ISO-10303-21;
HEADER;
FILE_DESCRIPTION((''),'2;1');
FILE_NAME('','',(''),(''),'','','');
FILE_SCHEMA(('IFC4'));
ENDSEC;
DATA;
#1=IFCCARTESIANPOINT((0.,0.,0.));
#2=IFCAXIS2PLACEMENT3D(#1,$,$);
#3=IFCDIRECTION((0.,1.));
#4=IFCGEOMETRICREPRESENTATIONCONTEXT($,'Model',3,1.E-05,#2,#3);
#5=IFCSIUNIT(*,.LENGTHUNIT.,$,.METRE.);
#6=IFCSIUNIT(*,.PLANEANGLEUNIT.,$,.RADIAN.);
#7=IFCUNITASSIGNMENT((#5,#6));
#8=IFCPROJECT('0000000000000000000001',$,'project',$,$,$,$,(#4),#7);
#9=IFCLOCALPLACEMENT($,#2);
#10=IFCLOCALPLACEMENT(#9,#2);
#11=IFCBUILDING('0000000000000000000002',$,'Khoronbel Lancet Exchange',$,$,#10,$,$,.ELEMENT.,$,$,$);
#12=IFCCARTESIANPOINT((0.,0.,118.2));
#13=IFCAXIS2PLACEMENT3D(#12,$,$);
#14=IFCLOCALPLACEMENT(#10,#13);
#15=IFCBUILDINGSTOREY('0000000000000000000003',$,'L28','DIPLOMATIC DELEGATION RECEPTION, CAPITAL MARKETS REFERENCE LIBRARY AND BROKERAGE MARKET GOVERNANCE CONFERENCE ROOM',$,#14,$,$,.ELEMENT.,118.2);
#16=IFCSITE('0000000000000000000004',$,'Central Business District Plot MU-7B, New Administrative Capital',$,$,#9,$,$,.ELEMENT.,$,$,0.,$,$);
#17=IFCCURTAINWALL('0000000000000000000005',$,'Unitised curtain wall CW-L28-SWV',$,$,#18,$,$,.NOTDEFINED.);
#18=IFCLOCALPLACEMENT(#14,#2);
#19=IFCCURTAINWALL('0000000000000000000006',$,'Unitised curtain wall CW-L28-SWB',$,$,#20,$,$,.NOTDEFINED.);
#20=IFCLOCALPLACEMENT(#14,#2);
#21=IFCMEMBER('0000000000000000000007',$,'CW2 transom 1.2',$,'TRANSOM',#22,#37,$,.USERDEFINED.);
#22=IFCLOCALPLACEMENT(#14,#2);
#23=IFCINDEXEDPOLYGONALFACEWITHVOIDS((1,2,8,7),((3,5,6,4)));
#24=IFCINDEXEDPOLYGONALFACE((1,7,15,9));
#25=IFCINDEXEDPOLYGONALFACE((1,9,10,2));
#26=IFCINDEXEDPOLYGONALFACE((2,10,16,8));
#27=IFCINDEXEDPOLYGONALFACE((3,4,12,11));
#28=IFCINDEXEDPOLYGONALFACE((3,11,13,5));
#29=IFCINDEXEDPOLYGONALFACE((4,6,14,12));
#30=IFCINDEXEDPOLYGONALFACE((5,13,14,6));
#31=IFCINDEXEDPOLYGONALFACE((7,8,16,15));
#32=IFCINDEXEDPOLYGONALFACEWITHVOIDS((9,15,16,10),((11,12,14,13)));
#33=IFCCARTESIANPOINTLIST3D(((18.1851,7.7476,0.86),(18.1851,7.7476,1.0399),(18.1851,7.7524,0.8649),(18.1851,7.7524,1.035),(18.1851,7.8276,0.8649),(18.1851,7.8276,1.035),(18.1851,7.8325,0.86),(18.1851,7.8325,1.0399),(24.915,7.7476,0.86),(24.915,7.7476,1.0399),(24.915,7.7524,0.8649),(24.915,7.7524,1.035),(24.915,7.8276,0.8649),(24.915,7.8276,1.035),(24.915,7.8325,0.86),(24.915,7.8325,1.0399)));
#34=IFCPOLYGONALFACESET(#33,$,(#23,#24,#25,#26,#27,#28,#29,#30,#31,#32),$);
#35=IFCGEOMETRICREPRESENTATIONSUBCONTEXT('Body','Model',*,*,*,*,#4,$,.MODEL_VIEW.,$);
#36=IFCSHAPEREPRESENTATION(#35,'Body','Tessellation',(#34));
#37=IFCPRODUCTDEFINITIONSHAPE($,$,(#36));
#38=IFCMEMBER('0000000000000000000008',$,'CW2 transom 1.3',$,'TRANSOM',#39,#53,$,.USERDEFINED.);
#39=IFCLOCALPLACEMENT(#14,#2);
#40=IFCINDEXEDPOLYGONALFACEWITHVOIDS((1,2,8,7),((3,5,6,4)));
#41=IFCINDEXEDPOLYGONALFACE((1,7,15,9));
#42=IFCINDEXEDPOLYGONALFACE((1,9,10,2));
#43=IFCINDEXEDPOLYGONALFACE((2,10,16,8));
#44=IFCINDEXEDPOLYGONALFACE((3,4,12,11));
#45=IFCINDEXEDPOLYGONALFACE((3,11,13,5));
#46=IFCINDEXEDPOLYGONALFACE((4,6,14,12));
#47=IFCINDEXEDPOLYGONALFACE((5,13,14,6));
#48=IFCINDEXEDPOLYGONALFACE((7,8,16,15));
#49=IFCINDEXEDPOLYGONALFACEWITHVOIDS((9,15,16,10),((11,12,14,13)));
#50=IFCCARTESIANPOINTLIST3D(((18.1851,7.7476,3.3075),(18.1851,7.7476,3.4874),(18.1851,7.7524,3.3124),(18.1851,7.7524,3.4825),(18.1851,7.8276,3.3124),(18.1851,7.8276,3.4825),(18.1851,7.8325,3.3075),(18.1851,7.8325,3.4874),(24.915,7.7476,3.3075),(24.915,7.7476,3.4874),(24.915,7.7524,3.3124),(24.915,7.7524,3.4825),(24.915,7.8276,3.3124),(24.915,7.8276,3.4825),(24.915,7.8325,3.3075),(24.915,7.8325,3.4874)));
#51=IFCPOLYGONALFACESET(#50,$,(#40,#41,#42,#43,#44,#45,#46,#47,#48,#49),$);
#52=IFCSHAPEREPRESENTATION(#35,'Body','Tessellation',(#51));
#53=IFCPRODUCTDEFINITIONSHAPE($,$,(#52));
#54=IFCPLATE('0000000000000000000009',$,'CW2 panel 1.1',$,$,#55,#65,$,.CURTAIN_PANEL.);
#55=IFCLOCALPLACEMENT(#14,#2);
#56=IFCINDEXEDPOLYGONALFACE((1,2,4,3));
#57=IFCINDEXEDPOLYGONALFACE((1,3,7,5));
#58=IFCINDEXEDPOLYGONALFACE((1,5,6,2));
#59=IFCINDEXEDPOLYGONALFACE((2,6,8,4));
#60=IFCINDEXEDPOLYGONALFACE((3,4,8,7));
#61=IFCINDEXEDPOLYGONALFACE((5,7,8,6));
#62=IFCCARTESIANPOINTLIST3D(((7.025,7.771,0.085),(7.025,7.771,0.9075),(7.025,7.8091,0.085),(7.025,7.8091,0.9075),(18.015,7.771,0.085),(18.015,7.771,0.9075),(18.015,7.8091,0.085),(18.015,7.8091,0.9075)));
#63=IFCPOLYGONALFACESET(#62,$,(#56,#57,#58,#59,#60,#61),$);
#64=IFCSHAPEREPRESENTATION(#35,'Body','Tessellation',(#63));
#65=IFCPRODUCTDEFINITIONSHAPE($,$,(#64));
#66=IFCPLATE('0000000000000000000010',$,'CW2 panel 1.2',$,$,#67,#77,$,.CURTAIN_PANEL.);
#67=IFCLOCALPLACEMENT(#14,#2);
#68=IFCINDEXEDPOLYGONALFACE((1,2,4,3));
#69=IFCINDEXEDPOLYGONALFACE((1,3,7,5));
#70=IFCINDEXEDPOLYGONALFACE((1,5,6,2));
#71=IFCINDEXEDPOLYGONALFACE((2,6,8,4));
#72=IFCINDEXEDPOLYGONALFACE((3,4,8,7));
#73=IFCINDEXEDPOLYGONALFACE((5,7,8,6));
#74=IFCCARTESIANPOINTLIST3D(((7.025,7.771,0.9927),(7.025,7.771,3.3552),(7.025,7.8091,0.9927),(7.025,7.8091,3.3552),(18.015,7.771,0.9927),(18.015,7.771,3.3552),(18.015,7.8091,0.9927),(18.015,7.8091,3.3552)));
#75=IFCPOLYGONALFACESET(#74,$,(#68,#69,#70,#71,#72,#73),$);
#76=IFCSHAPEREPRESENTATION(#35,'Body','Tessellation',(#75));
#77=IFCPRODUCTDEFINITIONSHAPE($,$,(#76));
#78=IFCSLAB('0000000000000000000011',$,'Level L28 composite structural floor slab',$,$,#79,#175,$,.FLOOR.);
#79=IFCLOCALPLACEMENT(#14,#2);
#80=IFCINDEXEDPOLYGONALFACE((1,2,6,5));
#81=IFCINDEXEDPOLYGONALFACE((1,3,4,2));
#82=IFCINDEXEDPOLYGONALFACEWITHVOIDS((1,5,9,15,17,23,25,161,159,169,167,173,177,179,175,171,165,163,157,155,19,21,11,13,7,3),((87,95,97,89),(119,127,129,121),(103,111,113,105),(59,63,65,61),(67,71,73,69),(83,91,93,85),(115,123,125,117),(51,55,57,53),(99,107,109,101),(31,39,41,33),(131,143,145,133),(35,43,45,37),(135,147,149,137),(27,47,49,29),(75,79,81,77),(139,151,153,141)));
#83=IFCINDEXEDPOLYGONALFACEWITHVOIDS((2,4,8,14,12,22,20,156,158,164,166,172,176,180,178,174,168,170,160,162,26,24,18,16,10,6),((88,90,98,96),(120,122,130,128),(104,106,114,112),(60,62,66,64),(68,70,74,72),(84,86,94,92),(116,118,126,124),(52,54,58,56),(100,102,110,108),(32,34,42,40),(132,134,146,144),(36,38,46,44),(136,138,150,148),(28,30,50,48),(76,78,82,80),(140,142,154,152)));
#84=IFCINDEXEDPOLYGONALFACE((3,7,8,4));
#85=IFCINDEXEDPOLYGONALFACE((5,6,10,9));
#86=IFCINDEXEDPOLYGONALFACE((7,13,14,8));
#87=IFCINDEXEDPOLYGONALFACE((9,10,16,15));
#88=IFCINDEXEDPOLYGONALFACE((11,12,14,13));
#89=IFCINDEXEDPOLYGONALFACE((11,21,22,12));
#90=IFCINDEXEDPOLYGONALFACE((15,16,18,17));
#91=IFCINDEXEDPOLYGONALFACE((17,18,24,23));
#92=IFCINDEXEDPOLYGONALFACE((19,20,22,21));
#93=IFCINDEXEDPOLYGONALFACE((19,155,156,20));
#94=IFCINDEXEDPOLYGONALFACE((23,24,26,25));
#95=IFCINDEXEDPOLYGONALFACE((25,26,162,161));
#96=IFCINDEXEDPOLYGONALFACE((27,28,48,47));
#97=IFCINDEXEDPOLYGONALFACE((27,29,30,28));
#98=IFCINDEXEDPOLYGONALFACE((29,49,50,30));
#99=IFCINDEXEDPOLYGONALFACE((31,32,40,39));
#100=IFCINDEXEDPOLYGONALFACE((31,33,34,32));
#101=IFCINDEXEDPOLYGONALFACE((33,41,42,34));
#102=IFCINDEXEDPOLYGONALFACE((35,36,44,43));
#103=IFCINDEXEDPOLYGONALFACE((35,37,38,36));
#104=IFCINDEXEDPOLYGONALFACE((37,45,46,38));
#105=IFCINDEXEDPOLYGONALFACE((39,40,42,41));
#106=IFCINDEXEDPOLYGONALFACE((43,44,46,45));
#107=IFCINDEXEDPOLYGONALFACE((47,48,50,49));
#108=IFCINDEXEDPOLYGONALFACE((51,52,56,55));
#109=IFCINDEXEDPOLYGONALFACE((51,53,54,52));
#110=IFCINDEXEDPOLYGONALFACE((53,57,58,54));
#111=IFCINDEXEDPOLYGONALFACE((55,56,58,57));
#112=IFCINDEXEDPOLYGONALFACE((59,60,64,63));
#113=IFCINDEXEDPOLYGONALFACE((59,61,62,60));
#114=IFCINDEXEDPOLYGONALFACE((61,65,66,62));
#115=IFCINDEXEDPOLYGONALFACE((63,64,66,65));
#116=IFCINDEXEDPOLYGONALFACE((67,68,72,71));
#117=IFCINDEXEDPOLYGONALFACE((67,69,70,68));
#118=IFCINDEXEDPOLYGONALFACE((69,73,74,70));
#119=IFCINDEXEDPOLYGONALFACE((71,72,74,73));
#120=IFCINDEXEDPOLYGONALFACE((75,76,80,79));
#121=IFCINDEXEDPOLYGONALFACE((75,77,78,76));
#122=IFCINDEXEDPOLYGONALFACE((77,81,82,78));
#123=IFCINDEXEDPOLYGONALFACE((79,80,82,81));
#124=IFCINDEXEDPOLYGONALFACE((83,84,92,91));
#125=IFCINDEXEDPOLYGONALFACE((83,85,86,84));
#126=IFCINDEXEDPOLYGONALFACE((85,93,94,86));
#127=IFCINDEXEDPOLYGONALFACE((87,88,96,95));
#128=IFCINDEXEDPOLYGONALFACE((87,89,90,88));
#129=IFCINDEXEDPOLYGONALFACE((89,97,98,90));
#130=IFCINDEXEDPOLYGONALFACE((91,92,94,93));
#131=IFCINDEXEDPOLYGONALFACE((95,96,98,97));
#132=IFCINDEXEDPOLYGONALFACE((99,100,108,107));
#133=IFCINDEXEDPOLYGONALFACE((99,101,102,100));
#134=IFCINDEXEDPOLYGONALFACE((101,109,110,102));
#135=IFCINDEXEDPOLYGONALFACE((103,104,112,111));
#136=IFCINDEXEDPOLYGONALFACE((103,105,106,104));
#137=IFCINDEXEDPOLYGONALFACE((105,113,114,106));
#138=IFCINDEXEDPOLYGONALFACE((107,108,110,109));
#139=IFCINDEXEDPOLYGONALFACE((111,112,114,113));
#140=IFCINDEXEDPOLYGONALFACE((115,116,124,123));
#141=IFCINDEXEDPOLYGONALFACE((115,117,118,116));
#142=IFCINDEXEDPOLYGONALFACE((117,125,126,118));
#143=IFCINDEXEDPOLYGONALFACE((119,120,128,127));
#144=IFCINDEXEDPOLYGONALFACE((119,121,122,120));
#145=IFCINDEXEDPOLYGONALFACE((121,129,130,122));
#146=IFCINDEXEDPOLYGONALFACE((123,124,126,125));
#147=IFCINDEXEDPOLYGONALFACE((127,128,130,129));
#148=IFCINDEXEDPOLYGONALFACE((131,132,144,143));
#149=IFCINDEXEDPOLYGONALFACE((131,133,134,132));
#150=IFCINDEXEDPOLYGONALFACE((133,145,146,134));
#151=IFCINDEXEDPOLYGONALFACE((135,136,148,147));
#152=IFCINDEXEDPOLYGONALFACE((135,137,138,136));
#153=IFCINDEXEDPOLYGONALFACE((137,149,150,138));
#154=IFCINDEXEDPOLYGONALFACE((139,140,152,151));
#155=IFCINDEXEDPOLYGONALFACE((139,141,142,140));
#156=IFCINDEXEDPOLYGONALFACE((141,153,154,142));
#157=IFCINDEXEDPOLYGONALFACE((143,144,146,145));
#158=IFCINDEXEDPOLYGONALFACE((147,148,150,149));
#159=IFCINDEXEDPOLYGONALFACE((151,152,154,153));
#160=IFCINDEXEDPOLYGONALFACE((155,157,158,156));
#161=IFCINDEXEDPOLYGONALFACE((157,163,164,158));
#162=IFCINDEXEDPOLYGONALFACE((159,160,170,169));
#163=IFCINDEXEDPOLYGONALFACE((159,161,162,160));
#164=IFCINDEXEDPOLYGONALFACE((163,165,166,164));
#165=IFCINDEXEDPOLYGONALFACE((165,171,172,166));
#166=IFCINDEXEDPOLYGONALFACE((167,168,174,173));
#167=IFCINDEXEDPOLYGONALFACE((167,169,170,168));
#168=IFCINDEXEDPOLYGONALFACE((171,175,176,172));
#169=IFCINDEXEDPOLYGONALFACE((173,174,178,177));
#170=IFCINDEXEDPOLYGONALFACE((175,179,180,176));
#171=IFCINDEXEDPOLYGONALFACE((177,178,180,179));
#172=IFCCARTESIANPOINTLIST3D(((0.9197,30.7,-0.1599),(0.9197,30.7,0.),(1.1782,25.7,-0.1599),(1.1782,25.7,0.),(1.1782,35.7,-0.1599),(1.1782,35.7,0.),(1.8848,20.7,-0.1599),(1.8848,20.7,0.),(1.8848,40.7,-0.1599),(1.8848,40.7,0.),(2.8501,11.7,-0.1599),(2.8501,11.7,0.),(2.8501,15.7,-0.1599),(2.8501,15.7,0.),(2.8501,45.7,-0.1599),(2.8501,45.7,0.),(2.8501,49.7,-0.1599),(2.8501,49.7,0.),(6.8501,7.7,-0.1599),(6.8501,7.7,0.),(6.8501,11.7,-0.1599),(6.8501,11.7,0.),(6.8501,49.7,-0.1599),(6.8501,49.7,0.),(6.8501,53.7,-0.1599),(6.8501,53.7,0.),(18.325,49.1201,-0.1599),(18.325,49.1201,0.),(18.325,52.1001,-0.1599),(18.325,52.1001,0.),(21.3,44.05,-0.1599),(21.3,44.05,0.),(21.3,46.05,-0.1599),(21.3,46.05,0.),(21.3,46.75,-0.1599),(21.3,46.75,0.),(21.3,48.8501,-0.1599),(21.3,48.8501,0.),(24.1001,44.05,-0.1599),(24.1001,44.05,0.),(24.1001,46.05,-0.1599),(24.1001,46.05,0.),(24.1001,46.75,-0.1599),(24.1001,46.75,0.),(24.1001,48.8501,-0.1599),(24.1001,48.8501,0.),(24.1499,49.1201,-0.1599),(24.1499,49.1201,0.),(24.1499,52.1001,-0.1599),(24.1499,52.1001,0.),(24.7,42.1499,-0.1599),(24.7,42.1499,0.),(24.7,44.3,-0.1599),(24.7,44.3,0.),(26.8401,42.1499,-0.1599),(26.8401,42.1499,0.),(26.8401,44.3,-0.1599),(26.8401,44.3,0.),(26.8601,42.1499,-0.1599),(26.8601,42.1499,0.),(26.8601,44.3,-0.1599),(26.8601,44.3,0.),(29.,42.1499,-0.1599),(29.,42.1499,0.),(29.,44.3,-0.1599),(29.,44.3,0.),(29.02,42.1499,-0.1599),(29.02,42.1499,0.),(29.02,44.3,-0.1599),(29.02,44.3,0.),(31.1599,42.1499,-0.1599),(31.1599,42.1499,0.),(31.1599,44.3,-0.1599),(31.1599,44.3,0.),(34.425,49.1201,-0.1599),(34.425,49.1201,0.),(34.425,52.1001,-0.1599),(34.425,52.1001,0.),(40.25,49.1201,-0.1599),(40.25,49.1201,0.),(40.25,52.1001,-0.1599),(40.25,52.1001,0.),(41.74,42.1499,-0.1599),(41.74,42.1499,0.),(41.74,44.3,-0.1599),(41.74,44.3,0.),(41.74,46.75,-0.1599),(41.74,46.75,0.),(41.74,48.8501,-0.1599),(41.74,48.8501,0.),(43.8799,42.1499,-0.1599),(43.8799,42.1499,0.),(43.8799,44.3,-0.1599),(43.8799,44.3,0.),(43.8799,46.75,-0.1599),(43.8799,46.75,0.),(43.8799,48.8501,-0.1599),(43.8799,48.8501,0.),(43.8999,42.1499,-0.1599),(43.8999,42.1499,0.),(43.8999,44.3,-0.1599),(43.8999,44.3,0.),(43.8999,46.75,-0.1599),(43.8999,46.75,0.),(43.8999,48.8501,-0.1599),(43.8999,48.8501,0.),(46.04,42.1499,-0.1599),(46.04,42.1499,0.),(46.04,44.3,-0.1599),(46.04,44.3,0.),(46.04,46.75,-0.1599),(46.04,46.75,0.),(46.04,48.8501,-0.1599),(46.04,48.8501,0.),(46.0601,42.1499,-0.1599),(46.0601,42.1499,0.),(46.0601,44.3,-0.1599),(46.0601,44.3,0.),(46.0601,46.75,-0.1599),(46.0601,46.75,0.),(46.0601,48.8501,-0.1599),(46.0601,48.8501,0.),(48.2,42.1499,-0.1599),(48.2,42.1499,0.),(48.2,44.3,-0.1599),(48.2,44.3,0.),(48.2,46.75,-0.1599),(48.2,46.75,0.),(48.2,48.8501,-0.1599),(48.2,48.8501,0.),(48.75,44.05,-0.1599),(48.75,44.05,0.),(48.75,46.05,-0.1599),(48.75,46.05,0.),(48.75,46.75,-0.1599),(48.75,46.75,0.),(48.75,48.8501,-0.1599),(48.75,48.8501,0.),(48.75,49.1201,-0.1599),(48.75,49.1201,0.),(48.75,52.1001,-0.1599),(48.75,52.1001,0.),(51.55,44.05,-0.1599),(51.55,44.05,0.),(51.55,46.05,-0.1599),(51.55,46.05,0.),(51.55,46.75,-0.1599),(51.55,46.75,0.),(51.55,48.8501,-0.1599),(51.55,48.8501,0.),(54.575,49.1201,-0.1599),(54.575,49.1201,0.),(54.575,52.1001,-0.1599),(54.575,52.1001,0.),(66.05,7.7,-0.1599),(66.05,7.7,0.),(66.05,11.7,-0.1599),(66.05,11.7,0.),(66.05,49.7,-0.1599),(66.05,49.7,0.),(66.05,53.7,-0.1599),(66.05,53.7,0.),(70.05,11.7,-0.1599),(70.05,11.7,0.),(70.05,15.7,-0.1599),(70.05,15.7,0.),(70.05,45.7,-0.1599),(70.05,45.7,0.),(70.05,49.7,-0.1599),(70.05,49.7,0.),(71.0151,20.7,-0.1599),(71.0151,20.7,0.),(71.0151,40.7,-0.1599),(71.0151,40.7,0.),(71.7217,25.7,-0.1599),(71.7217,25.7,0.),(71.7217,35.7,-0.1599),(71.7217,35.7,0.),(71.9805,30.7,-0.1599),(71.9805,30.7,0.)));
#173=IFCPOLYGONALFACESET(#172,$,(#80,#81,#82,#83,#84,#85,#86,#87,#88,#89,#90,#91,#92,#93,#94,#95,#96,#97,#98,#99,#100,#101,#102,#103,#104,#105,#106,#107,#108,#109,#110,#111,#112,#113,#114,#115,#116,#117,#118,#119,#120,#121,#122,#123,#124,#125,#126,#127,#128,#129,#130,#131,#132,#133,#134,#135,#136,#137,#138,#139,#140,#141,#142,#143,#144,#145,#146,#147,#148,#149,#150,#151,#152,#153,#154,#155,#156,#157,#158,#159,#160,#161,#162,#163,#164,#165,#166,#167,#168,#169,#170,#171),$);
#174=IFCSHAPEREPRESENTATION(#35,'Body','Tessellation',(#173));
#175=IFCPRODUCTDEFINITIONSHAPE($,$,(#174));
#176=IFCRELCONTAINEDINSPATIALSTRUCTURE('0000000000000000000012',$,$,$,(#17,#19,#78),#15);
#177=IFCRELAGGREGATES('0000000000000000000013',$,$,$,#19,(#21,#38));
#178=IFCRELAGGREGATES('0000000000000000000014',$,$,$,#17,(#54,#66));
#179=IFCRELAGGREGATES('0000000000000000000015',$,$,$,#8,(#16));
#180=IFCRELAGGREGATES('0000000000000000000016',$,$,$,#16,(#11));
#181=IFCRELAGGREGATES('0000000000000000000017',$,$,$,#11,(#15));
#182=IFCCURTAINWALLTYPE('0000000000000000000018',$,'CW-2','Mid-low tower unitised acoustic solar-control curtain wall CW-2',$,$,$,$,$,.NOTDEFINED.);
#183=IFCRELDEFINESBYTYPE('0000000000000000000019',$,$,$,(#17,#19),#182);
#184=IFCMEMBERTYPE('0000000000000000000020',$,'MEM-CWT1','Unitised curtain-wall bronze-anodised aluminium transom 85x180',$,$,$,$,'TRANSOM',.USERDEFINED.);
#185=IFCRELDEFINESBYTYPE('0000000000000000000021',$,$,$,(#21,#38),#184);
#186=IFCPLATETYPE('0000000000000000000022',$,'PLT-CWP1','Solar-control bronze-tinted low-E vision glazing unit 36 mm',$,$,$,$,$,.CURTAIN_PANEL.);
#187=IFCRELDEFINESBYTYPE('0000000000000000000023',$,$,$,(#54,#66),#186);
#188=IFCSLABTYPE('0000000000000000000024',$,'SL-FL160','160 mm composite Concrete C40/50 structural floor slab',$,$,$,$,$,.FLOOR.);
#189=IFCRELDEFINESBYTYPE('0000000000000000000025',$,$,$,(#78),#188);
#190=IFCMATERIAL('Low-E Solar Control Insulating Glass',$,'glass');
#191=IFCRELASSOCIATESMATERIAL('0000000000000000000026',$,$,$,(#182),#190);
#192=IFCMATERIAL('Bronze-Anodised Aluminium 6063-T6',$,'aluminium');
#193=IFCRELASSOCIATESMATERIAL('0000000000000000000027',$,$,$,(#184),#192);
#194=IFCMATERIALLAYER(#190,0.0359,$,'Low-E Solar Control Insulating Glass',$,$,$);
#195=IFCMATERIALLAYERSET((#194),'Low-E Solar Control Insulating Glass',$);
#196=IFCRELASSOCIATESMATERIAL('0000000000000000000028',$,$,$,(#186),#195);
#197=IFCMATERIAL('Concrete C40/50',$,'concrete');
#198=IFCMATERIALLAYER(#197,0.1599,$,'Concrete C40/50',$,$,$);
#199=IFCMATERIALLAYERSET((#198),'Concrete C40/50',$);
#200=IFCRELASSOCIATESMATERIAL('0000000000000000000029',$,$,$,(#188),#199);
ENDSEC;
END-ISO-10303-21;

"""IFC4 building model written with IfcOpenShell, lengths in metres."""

from ifc_helpers import new_model, si_unit, direction, frame, origin, origin_2d, place, context, subcontext, project, spatial, polyline, rectangle, hollow_rectangle, outline, extrude, material, layer, layer_set, material_profile, profile_set, type_object, element, aggregate, save


model = new_model("IFC4")

# Units and contexts
model_context = context("Model", 3, precision=1e-05, world=origin(), true_north=direction((0.0, 1.0)))
body_context = subcontext(model_context, "Body", "Model", "MODEL_VIEW")
ifc_project = project(units=[si_unit("LENGTHUNIT", "METRE"), si_unit("PLANEANGLEUNIT", "RADIAN")], contexts=[model_context])

# Site, building, storey
site_placement = place(None, origin())
site = spatial("IfcSite", under=ifc_project, at=site_placement, Name="Central Business District Plot MU-7B, New Administrative Capital", CompositionType="ELEMENT", RefElevation=0.0)
building_placement = place(site_placement, origin())
building = spatial("IfcBuilding", under=site, at=building_placement, Name="Khoronbel Lancet Exchange", CompositionType="ELEMENT")
storey_placement = place(building_placement, frame((0.0, 0.0, 118.2)))
storey = spatial("IfcBuildingStorey", under=building, at=storey_placement, Name="L28", Description="DIPLOMATIC DELEGATION RECEPTION, CAPITAL MARKETS REFERENCE LIBRARY AND BROKERAGE MARKET GOVERNANCE CONFERENCE ROOM", CompositionType="ELEMENT", Elevation=118.2)

# Curtain wall
ifc_material_1 = material(Name="Low-E Solar Control Insulating Glass", Category="glass")
curtain_wall_type = type_object("IfcCurtainWallType", Name="CW-2", Description="Mid-low tower unitised acoustic solar-control curtain wall CW-2", PredefinedType="NOTDEFINED", material=ifc_material_1)
curtain_wall_1_placement = place(storey_placement, origin())
curtain_wall_1 = element("IfcCurtainWall", 1, at=curtain_wall_1_placement, inside=storey, type_object=curtain_wall_type, Name="Unitised curtain wall CW-L28-SWV", PredefinedType="NOTDEFINED")
ifc_material_2 = material(Name="Bronze-Anodised Aluminium 6063-T6", Category="aluminium")

# Curtain wall
curtain_wall_2_placement = place(storey_placement, origin())
curtain_wall_2 = element("IfcCurtainWall", 2, at=curtain_wall_2_placement, inside=storey, type_object=curtain_wall_type, Name="Unitised curtain wall CW-L28-SWB", PredefinedType="NOTDEFINED")

# Members
ifc_material_profile_1 = material_profile(ifc_material_2, hollow_rectangle(XDim=0.085, YDim=0.1799, WallThickness=0.0049, at=origin_2d()), Name="ALU TRANSOM 85x180")
ifc_profile_set_1 = profile_set([ifc_material_profile_1], Name="Bronze-Anodised Aluminium 6063-T6")
member_type_1 = type_object("IfcMemberType", Name="MEM-CWT1", Description="Unitised curtain-wall bronze-anodised aluminium transom 85x180", ElementType="TRANSOM", PredefinedType="USERDEFINED", material=ifc_profile_set_1)
member_1_placement = place(storey_placement, frame((18.1851, 7.79, 0.95), z_axis=(1.0, 0.0, 0.0), x_axis=(0.0, 1.0, 0.0)))
member_1 = element("IfcMember", 3, at=member_1_placement, type_object=member_type_1, Name="CW2 transom 1.2", ObjectType="TRANSOM", PredefinedType="USERDEFINED", context=body_context, shape_type="SweptSolid", body=[
    extrude(hollow_rectangle(XDim=0.085, YDim=0.1799, WallThickness=0.0049, at=origin_2d()), origin(), (0.0, 0.0, 1.0), 6.73),
])
member_2_placement = place(storey_placement, frame((18.1851, 7.79, 3.3975), z_axis=(1.0, 0.0, 0.0), x_axis=(0.0, 1.0, 0.0)))
member_2 = element("IfcMember", 4, at=member_2_placement, type_object=member_type_1, Name="CW2 transom 1.3", ObjectType="TRANSOM", PredefinedType="USERDEFINED", context=body_context, shape_type="SweptSolid", body=[
    extrude(hollow_rectangle(XDim=0.085, YDim=0.1799, WallThickness=0.0049, at=origin_2d()), origin(), (0.0, 0.0, 1.0), 6.73),
])
aggregate(curtain_wall_2, [member_1, member_2])

# Plates
ifc_layer_1 = layer(ifc_material_1, 0.0359, Name="Low-E Solar Control Insulating Glass")
ifc_layer_set_1 = layer_set([ifc_layer_1], Name="Low-E Solar Control Insulating Glass")
plate_type = type_object("IfcPlateType", Name="PLT-CWP1", Description="Solar-control bronze-tinted low-E vision glazing unit 36 mm", PredefinedType="CURTAIN_PANEL", material=ifc_layer_set_1)
plate_1_placement = place(storey_placement, frame((12.52, 7.79, 0.085), z_axis=(0.0, 0.0, 1.0), x_axis=(1.0, 0.0, 0.0)))
plate_1 = element("IfcPlate", 5, at=plate_1_placement, type_object=plate_type, Name="CW2 panel 1.1", PredefinedType="CURTAIN_PANEL", context=body_context, shape_type="SweptSolid", body=[
    extrude(rectangle(XDim=10.99, YDim=0.0381, at=origin_2d()), origin(), (0.0, 0.0, 1.0), 0.8225),
])
plate_2_placement = place(storey_placement, frame((12.52, 7.79, 0.9927), z_axis=(0.0, 0.0, 1.0), x_axis=(1.0, 0.0, 0.0)))
plate_2 = element("IfcPlate", 6, at=plate_2_placement, type_object=plate_type, Name="CW2 panel 1.2", PredefinedType="CURTAIN_PANEL", context=body_context, shape_type="SweptSolid", body=[
    extrude(rectangle(XDim=10.99, YDim=0.0381, at=origin_2d()), origin(), (0.0, 0.0, 1.0), 2.3625),
])
aggregate(curtain_wall_1, [plate_1, plate_2])

# Slab
ifc_material_3 = material(Name="Concrete C40/50", Category="concrete")
ifc_layer_2 = layer(ifc_material_3, 0.1599, Name="Concrete C40/50")
ifc_layer_set_2 = layer_set([ifc_layer_2], Name="Concrete C40/50")
slab_type_1 = type_object("IfcSlabType", Name="SL-FL160", Description="160 mm composite Concrete C40/50 structural floor slab", PredefinedType="FLOOR", material=ifc_layer_set_2)
slab_1_placement = place(storey_placement, frame((0.0, 0.0, -0.1599)))
element("IfcSlab", 7, at=slab_1_placement, inside=storey, type_object=slab_type_1, Name="Level L28 composite structural floor slab", PredefinedType="FLOOR", context=body_context, shape_type="SweptSolid", body=[
    extrude(outline(polyline([(6.8501, 7.7), (66.05, 7.7), (66.05, 11.7), (70.05, 11.7), (70.05, 15.7), (71.0151, 20.7), (71.7217, 25.7), (71.9805, 30.7), (71.7217, 35.7), (71.0151, 40.7), (70.05, 45.7), (70.05, 49.7), (66.05, 49.7), (66.05, 53.7), (6.8501, 53.7), (6.8501, 49.7), (2.8501, 49.7), (2.8501, 45.7), (1.8848, 40.7), (1.1782, 35.7), (0.9197, 30.7), (1.1782, 25.7), (1.8848, 20.7), (2.8501, 15.7), (2.8501, 11.7), (6.8501, 11.7), (6.8501, 7.7)]), holes=[polyline([(18.325, 49.1201), (24.1499, 49.1201), (24.1499, 52.1001), (18.325, 52.1001), (18.325, 49.1201)]), polyline([(48.75, 49.1201), (54.575, 49.1201), (54.575, 52.1001), (48.75, 52.1001), (48.75, 49.1201)]), polyline([(34.425, 49.1201), (40.25, 49.1201), (40.25, 52.1001), (34.425, 52.1001), (34.425, 49.1201)]), polyline([(24.7, 42.1499), (26.8401, 42.1499), (26.8401, 44.3), (24.7, 44.3), (24.7, 42.1499)]), polyline([(26.8601, 42.1499), (29.0, 42.1499), (29.0, 44.3), (26.8601, 44.3), (26.8601, 42.1499)]), polyline([(29.02, 42.1499), (31.1599, 42.1499), (31.1599, 44.3), (29.02, 44.3), (29.02, 42.1499)]), polyline([(41.74, 46.75), (43.8799, 46.75), (43.8799, 48.8501), (41.74, 48.8501), (41.74, 46.75)]), polyline([(43.8999, 46.75), (46.04, 46.75), (46.04, 48.8501), (43.8999, 48.8501), (43.8999, 46.75)]), polyline([(46.0601, 46.75), (48.2, 46.75), (48.2, 48.8501), (46.0601, 48.8501), (46.0601, 46.75)]), polyline([(41.74, 42.1499), (43.8799, 42.1499), (43.8799, 44.3), (41.74, 44.3), (41.74, 42.1499)]), polyline([(43.8999, 42.1499), (46.04, 42.1499), (46.04, 44.3), (43.8999, 44.3), (43.8999, 42.1499)]), polyline([(46.0601, 42.1499), (48.2, 42.1499), (48.2, 44.3), (46.0601, 44.3), (46.0601, 42.1499)]), polyline([(21.3, 46.75), (24.1001, 46.75), (24.1001, 48.8501), (21.3, 48.8501), (21.3, 46.75)]), polyline([(48.75, 46.75), (51.55, 46.75), (51.55, 48.8501), (48.75, 48.8501), (48.75, 46.75)]), polyline([(21.3, 44.05), (24.1001, 44.05), (24.1001, 46.05), (21.3, 46.05), (21.3, 44.05)]), polyline([(48.75, 44.05), (51.55, 44.05), (51.55, 46.05), (48.75, 46.05), (48.75, 44.05)])]), origin(), (0.0, 0.0, 1.0), 0.1599),
])

save(model, "model.ifc")
